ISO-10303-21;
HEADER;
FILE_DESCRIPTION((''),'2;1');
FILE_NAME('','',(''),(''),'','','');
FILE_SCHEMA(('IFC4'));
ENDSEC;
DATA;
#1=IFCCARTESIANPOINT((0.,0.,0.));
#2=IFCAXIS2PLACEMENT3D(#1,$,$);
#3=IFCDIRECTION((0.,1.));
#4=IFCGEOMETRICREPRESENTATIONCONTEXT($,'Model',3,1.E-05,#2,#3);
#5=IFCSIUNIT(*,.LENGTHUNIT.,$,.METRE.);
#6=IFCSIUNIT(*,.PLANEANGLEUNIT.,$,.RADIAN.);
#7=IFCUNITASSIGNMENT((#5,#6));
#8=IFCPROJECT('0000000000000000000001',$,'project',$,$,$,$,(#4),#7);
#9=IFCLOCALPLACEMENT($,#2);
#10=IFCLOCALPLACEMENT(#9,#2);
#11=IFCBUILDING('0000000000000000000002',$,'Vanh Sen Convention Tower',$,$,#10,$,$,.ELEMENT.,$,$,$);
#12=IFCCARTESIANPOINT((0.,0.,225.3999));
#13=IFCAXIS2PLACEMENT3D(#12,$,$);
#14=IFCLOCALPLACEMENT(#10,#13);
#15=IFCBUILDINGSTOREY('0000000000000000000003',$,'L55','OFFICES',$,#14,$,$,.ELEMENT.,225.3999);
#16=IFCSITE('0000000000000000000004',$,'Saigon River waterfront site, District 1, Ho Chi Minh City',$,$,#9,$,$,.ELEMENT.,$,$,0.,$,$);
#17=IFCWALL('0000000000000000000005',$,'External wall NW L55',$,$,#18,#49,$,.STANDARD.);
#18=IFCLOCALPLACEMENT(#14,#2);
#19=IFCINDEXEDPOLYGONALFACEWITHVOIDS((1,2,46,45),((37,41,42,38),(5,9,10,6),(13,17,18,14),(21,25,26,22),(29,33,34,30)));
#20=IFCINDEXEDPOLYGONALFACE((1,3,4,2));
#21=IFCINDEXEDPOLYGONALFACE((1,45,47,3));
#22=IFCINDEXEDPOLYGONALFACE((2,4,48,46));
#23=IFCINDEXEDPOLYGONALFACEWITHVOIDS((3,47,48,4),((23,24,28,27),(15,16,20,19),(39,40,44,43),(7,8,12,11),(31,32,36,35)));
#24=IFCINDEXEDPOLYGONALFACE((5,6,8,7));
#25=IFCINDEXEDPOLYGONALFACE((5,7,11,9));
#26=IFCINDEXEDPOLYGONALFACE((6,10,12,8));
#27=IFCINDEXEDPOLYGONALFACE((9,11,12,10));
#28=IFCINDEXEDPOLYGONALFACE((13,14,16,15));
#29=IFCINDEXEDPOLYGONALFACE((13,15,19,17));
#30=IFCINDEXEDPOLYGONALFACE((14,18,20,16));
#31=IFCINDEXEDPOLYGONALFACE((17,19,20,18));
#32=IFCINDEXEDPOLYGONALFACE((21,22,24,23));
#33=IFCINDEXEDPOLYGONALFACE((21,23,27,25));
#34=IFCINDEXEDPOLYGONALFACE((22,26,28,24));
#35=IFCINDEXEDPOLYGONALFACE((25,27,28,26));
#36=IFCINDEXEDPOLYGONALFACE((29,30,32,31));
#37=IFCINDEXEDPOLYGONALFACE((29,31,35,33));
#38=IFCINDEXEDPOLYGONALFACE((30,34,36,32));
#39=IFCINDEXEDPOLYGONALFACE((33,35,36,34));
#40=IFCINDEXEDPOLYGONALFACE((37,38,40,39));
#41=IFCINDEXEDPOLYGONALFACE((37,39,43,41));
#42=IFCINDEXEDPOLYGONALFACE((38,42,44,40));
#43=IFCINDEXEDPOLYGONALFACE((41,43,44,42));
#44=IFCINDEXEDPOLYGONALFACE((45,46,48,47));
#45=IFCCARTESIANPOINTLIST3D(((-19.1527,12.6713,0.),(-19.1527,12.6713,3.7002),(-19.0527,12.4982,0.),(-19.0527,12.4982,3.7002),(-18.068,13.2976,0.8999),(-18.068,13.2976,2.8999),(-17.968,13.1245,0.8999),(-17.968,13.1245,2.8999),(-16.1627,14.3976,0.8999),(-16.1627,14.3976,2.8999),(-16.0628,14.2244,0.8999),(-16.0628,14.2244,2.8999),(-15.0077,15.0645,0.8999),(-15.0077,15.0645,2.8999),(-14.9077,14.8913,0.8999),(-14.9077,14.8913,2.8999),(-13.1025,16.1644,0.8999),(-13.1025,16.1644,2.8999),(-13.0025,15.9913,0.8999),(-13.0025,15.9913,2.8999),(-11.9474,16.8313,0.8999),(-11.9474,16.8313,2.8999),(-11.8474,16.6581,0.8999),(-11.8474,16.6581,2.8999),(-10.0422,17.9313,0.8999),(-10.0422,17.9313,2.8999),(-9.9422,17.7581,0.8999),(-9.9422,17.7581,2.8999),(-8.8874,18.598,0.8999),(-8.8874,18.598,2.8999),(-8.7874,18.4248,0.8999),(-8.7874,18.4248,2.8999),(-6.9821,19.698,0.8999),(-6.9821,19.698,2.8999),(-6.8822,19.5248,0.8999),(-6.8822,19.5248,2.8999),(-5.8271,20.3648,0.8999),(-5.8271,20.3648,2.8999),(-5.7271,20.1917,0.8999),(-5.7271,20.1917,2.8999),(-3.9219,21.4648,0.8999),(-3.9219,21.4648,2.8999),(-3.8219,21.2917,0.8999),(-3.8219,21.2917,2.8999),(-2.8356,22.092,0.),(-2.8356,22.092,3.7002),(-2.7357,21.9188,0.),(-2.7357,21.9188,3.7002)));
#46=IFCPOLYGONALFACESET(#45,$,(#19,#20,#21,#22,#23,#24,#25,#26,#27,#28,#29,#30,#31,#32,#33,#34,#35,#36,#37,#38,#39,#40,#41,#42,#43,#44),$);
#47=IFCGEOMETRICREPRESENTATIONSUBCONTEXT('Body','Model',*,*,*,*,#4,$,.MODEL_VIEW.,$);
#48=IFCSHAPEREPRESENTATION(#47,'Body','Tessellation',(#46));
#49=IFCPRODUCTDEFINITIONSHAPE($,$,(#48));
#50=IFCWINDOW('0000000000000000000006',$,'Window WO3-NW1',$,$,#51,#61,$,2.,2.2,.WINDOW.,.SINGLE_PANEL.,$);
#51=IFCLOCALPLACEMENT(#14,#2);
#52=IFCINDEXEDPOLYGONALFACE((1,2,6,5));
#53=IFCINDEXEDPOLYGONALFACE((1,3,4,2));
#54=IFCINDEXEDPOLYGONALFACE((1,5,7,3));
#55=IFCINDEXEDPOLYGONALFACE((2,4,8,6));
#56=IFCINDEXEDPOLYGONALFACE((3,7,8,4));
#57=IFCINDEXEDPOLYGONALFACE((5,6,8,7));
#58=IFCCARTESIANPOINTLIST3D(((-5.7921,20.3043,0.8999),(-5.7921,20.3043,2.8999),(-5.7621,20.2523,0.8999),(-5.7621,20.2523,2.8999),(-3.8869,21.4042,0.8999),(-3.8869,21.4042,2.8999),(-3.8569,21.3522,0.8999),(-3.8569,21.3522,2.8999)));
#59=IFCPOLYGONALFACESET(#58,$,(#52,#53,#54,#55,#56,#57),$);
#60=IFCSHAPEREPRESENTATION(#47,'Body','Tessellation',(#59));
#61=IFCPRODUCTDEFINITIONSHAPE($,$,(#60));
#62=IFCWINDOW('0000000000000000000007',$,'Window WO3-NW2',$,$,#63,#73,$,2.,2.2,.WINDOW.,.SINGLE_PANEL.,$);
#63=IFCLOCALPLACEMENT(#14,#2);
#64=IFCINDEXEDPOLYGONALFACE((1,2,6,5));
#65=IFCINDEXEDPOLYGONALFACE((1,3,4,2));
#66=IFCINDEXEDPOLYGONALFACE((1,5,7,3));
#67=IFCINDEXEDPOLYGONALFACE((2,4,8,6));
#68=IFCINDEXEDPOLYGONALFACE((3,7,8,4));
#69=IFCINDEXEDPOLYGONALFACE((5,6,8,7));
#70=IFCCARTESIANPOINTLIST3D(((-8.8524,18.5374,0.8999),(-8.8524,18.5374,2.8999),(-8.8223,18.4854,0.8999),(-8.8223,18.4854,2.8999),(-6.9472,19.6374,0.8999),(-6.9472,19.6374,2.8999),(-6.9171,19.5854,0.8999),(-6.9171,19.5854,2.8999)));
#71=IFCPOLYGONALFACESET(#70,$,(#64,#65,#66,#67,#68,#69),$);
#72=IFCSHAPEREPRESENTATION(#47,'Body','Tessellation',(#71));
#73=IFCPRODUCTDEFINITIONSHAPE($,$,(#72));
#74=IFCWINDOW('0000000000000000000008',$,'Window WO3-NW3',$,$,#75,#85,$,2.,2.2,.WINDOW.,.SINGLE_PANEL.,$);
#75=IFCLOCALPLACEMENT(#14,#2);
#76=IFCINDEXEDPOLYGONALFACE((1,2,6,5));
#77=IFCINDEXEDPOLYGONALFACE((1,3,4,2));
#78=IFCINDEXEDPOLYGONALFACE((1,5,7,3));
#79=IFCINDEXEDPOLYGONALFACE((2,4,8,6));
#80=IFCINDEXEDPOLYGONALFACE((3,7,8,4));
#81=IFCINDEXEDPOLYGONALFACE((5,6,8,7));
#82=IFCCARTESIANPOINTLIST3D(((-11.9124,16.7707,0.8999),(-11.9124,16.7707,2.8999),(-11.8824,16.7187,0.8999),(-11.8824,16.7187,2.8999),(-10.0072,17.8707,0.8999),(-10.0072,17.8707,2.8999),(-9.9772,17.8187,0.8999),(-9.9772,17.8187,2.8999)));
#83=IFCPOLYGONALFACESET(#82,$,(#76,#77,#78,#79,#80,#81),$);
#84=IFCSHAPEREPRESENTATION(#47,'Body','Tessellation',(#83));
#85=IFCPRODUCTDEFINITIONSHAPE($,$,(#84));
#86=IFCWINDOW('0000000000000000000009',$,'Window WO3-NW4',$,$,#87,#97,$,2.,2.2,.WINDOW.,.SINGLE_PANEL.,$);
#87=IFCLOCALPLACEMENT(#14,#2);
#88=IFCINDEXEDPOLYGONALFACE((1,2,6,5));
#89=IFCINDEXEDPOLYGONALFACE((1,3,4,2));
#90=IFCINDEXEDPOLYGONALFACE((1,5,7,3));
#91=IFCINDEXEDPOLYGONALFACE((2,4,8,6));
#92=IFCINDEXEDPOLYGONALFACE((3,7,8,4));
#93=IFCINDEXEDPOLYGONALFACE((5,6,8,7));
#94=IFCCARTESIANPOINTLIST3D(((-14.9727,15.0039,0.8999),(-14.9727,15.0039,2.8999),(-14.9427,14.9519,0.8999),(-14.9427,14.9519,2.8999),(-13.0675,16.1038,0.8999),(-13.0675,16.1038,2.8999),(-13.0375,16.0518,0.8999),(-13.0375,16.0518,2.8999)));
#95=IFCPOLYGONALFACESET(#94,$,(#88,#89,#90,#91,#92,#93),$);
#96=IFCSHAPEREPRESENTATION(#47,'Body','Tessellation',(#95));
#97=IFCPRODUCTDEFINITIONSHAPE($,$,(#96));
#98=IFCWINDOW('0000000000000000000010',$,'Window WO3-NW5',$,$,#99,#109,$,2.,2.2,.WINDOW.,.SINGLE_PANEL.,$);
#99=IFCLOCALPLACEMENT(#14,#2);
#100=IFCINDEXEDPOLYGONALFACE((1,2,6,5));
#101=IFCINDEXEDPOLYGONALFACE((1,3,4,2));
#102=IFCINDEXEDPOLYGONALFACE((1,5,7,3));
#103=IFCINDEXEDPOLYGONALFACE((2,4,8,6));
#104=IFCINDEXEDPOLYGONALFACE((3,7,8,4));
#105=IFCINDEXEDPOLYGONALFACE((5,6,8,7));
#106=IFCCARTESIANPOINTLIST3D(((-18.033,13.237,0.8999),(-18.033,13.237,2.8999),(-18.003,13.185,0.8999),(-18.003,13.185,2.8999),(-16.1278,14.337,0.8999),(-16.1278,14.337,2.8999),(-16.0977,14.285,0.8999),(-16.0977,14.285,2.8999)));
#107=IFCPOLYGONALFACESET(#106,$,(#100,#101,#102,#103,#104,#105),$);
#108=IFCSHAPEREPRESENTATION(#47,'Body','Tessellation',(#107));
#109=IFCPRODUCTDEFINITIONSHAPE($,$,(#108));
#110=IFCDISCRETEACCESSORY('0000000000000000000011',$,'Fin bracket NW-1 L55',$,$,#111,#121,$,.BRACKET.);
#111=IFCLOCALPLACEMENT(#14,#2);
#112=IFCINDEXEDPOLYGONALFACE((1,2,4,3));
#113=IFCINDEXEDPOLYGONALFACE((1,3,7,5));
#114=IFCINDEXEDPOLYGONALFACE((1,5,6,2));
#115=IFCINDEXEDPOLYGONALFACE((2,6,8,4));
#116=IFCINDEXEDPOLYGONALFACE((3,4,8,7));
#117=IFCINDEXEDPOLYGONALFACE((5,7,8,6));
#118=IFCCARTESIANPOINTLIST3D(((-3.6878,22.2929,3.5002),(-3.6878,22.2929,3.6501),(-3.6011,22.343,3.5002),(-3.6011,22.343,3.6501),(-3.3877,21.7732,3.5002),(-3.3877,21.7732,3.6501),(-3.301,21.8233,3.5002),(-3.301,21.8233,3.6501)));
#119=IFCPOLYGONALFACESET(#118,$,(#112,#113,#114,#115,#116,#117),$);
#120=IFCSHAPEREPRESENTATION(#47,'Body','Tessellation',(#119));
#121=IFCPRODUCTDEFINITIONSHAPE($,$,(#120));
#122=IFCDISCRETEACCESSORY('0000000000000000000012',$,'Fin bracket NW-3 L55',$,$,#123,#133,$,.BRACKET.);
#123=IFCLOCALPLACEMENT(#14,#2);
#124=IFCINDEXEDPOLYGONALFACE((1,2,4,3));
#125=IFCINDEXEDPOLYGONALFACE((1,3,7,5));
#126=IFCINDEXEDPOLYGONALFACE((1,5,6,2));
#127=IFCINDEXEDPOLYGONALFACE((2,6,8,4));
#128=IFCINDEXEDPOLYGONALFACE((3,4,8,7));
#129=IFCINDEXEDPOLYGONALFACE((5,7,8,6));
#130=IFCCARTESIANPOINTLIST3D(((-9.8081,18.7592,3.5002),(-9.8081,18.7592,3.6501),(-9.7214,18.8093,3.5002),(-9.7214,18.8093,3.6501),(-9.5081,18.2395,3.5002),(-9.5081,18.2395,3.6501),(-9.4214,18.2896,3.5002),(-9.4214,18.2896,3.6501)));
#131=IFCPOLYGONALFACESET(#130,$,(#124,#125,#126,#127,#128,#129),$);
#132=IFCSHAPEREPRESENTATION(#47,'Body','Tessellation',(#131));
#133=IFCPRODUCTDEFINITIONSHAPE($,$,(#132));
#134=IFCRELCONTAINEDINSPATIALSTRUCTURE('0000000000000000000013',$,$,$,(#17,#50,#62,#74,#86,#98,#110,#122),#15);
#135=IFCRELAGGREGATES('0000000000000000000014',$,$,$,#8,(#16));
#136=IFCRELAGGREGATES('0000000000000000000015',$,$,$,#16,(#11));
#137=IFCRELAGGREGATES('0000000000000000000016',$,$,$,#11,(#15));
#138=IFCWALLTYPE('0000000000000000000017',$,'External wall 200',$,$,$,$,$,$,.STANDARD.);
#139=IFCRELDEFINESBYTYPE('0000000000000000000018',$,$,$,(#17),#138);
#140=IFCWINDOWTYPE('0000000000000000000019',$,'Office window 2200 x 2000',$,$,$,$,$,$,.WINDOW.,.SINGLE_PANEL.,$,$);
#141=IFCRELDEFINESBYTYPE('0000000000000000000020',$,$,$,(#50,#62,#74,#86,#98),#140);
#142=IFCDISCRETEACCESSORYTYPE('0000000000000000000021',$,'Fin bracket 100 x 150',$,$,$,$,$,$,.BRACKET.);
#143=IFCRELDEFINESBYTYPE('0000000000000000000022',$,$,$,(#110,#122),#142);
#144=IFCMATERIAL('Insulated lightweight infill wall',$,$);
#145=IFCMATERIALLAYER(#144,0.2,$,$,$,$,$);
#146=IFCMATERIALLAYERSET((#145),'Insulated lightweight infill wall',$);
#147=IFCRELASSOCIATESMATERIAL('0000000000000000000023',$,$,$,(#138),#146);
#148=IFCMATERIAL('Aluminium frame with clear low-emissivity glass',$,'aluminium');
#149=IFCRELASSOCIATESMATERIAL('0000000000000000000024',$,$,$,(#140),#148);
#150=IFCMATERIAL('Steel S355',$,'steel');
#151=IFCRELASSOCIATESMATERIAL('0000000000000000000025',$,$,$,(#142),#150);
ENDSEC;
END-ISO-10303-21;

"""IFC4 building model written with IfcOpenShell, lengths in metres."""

from ifc_helpers import new_model, si_unit, direction, frame, frame_2d, origin, origin_2d, place, context, subcontext, project, spatial, rectangle, extrude, material, layer, layer_set, type_object, element, fill, save


model = new_model("IFC4")

# Units and contexts
model_context = context("Model", 3, precision=1e-05, world=origin(), true_north=direction((0.0, 1.0)))
body_context = subcontext(model_context, "Body", "Model", "MODEL_VIEW")
ifc_project = project(units=[si_unit("LENGTHUNIT", "METRE"), si_unit("PLANEANGLEUNIT", "RADIAN")], contexts=[model_context])

# Site, building, storey
site_placement = place(None, origin())
site = spatial("IfcSite", under=ifc_project, at=site_placement, Name="Saigon River waterfront site, District 1, Ho Chi Minh City", CompositionType="ELEMENT", RefElevation=0.0)
building_placement = place(site_placement, origin())
building = spatial("IfcBuilding", under=site, at=building_placement, Name="Vanh Sen Convention Tower", CompositionType="ELEMENT")
storey_placement = place(building_placement, frame((0.0, 0.0, 225.3999)))
storey = spatial("IfcBuildingStorey", under=building, at=storey_placement, Name="L55", Description="OFFICES", CompositionType="ELEMENT", Elevation=225.3999)

# Wall, openings, windows
ifc_material_1 = material(Name="Insulated lightweight infill wall")
ifc_layer_1 = layer(ifc_material_1, 0.2)
ifc_layer_set_1 = layer_set([ifc_layer_1], Name="Insulated lightweight infill wall")
wall_type_1 = type_object("IfcWallType", Name="External wall 200", PredefinedType="STANDARD", material=ifc_layer_set_1)
wall_1_placement = place(storey_placement, frame((-2.7856, 22.0054, 0.0), z_axis=(0.0, 0.0, 1.0), x_axis=(-0.866027, -0.499998, 0.0)))
wall_1 = element("IfcWall", 1, at=wall_1_placement, inside=storey, type_object=wall_type_1, Name="External wall NW L55", PredefinedType="STANDARD", context=body_context, shape_type="SweptSolid", body=[
    extrude(rectangle(XDim=18.8413, YDim=0.2, at=frame_2d((9.4207, 0.0))), origin(), (0.0, 0.0, 1.0), 3.7002),
])
opening_1_placement = place(wall_1_placement, frame((1.2542, 0.0, 0.8999)))
opening_1 = element("IfcOpeningElement", 2, at=opening_1_placement, cuts=wall_1, PredefinedType="OPENING", context=body_context, shape_type="SweptSolid", body=[
    extrude(rectangle(XDim=2.2, YDim=2.0, at=frame_2d((1.1001, 1.0))), frame((0.0, 0.1099, 0.0), z_axis=(0.0, -1.0, 0.0), x_axis=(1.0, 0.0, 0.0)), (0.0, 0.0, 1.0), 0.22),
])
opening_2_placement = place(wall_1_placement, frame((4.7878, 0.0, 0.8999)))
opening_2 = element("IfcOpeningElement", 3, at=opening_2_placement, cuts=wall_1, PredefinedType="OPENING", context=body_context, shape_type="SweptSolid", body=[
    extrude(rectangle(XDim=2.2, YDim=2.0, at=frame_2d((1.1001, 1.0))), frame((0.0, 0.1099, 0.0), z_axis=(0.0, -1.0, 0.0), x_axis=(1.0, 0.0, 0.0)), (0.0, 0.0, 1.0), 0.22),
])
opening_3_placement = place(wall_1_placement, frame((8.3213, 0.0, 0.8999)))
opening_3 = element("IfcOpeningElement", 4, at=opening_3_placement, cuts=wall_1, PredefinedType="OPENING", context=body_context, shape_type="SweptSolid", body=[
    extrude(rectangle(XDim=2.2, YDim=2.0, at=frame_2d((1.1001, 1.0))), frame((0.0, 0.1099, 0.0), z_axis=(0.0, -1.0, 0.0), x_axis=(1.0, 0.0, 0.0)), (0.0, 0.0, 1.0), 0.22),
])
opening_4_placement = place(wall_1_placement, frame((11.855, 0.0, 0.8999)))
opening_4 = element("IfcOpeningElement", 5, at=opening_4_placement, cuts=wall_1, PredefinedType="OPENING", context=body_context, shape_type="SweptSolid", body=[
    extrude(rectangle(XDim=2.2, YDim=2.0, at=frame_2d((1.1001, 1.0))), frame((0.0, 0.1099, 0.0), z_axis=(0.0, -1.0, 0.0), x_axis=(1.0, 0.0, 0.0)), (0.0, 0.0, 1.0), 0.22),
])
opening_5_placement = place(wall_1_placement, frame((15.3887, 0.0, 0.8999)))
opening_5 = element("IfcOpeningElement", 6, at=opening_5_placement, cuts=wall_1, PredefinedType="OPENING", context=body_context, shape_type="SweptSolid", body=[
    extrude(rectangle(XDim=2.2, YDim=2.0, at=frame_2d((1.1001, 1.0))), frame((0.0, 0.1099, 0.0), z_axis=(0.0, -1.0, 0.0), x_axis=(1.0, 0.0, 0.0)), (0.0, 0.0, 1.0), 0.22),
])
ifc_material_2 = material(Name="Aluminium frame with clear low-emissivity glass", Category="aluminium")
window_type = type_object("IfcWindowType", Name="Office window 2200 x 2000", PartitioningType="SINGLE_PANEL", PredefinedType="WINDOW", material=ifc_material_2)
window_1_placement = place(opening_1_placement, origin())
window_1 = element("IfcWindow", 7, at=window_1_placement, inside=storey, type_object=window_type, Name="Window WO3-NW1", OverallHeight=2.0, OverallWidth=2.2, PartitioningType="SINGLE_PANEL", PredefinedType="WINDOW", context=body_context, shape_type="SweptSolid", body=[
    extrude(rectangle(XDim=2.2, YDim=2.0, at=frame_2d((1.1001, 1.0))), frame((0.0, 0.03, 0.0), z_axis=(0.0, -1.0, 0.0), x_axis=(1.0, 0.0, 0.0)), (0.0, 0.0, 1.0), 0.0601),
])
fill(opening_1, window_1)
window_2_placement = place(opening_2_placement, origin())
window_2 = element("IfcWindow", 8, at=window_2_placement, inside=storey, type_object=window_type, Name="Window WO3-NW2", OverallHeight=2.0, OverallWidth=2.2, PartitioningType="SINGLE_PANEL", PredefinedType="WINDOW", context=body_context, shape_type="SweptSolid", body=[
    extrude(rectangle(XDim=2.2, YDim=2.0, at=frame_2d((1.1001, 1.0))), frame((0.0, 0.03, 0.0), z_axis=(0.0, -1.0, 0.0), x_axis=(1.0, 0.0, 0.0)), (0.0, 0.0, 1.0), 0.0601),
])
fill(opening_2, window_2)
window_3_placement = place(opening_3_placement, origin())
window_3 = element("IfcWindow", 9, at=window_3_placement, inside=storey, type_object=window_type, Name="Window WO3-NW3", OverallHeight=2.0, OverallWidth=2.2, PartitioningType="SINGLE_PANEL", PredefinedType="WINDOW", context=body_context, shape_type="SweptSolid", body=[
    extrude(rectangle(XDim=2.2, YDim=2.0, at=frame_2d((1.1001, 1.0))), frame((0.0, 0.03, 0.0), z_axis=(0.0, -1.0, 0.0), x_axis=(1.0, 0.0, 0.0)), (0.0, 0.0, 1.0), 0.0601),
])
fill(opening_3, window_3)
window_4_placement = place(opening_4_placement, origin())
window_4 = element("IfcWindow", 10, at=window_4_placement, inside=storey, type_object=window_type, Name="Window WO3-NW4", OverallHeight=2.0, OverallWidth=2.2, PartitioningType="SINGLE_PANEL", PredefinedType="WINDOW", context=body_context, shape_type="SweptSolid", body=[
    extrude(rectangle(XDim=2.2, YDim=2.0, at=frame_2d((1.1001, 1.0))), frame((0.0, 0.03, 0.0), z_axis=(0.0, -1.0, 0.0), x_axis=(1.0, 0.0, 0.0)), (0.0, 0.0, 1.0), 0.0601),
])
fill(opening_4, window_4)
window_5_placement = place(opening_5_placement, origin())
window_5 = element("IfcWindow", 11, at=window_5_placement, inside=storey, type_object=window_type, Name="Window WO3-NW5", OverallHeight=2.0, OverallWidth=2.2, PartitioningType="SINGLE_PANEL", PredefinedType="WINDOW", context=body_context, shape_type="SweptSolid", body=[
    extrude(rectangle(XDim=2.2, YDim=2.0, at=frame_2d((1.1001, 1.0))), frame((0.0, 0.03, 0.0), z_axis=(0.0, -1.0, 0.0), x_axis=(1.0, 0.0, 0.0)), (0.0, 0.0, 1.0), 0.0601),
])
fill(opening_5, window_5)

# Discrete accessories
ifc_material_3 = material(Name="Steel S355", Category="steel")
discrete_accessory_type = type_object("IfcDiscreteAccessoryType", Name="Fin bracket 100 x 150", PredefinedType="BRACKET", material=ifc_material_3)
for number, where, z_axis, x_axis, name in (
    (12, (-3.4944, 22.0581, 3.5002), (0.0, 0.0, 1.0), (-0.5, 0.866025, 0.0), "Fin bracket NW-1 L55"),
    (13, (-9.6147, 18.5244, 3.5002), (0.0, 0.0, 1.0), (-0.5, 0.866025, 0.0), "Fin bracket NW-3 L55"),
):
    element("IfcDiscreteAccessory", number, at=place(storey_placement, frame(where, z_axis=z_axis, x_axis=x_axis)), inside=storey, type_object=discrete_accessory_type, Name=name, PredefinedType="BRACKET", context=body_context, shape_type="SweptSolid", body=[
        extrude(rectangle(XDim=0.6001, YDim=0.1001, at=origin_2d()), origin(), (0.0, 0.0, 1.0), 0.1499),
    ])

save(model, "model.ifc")
